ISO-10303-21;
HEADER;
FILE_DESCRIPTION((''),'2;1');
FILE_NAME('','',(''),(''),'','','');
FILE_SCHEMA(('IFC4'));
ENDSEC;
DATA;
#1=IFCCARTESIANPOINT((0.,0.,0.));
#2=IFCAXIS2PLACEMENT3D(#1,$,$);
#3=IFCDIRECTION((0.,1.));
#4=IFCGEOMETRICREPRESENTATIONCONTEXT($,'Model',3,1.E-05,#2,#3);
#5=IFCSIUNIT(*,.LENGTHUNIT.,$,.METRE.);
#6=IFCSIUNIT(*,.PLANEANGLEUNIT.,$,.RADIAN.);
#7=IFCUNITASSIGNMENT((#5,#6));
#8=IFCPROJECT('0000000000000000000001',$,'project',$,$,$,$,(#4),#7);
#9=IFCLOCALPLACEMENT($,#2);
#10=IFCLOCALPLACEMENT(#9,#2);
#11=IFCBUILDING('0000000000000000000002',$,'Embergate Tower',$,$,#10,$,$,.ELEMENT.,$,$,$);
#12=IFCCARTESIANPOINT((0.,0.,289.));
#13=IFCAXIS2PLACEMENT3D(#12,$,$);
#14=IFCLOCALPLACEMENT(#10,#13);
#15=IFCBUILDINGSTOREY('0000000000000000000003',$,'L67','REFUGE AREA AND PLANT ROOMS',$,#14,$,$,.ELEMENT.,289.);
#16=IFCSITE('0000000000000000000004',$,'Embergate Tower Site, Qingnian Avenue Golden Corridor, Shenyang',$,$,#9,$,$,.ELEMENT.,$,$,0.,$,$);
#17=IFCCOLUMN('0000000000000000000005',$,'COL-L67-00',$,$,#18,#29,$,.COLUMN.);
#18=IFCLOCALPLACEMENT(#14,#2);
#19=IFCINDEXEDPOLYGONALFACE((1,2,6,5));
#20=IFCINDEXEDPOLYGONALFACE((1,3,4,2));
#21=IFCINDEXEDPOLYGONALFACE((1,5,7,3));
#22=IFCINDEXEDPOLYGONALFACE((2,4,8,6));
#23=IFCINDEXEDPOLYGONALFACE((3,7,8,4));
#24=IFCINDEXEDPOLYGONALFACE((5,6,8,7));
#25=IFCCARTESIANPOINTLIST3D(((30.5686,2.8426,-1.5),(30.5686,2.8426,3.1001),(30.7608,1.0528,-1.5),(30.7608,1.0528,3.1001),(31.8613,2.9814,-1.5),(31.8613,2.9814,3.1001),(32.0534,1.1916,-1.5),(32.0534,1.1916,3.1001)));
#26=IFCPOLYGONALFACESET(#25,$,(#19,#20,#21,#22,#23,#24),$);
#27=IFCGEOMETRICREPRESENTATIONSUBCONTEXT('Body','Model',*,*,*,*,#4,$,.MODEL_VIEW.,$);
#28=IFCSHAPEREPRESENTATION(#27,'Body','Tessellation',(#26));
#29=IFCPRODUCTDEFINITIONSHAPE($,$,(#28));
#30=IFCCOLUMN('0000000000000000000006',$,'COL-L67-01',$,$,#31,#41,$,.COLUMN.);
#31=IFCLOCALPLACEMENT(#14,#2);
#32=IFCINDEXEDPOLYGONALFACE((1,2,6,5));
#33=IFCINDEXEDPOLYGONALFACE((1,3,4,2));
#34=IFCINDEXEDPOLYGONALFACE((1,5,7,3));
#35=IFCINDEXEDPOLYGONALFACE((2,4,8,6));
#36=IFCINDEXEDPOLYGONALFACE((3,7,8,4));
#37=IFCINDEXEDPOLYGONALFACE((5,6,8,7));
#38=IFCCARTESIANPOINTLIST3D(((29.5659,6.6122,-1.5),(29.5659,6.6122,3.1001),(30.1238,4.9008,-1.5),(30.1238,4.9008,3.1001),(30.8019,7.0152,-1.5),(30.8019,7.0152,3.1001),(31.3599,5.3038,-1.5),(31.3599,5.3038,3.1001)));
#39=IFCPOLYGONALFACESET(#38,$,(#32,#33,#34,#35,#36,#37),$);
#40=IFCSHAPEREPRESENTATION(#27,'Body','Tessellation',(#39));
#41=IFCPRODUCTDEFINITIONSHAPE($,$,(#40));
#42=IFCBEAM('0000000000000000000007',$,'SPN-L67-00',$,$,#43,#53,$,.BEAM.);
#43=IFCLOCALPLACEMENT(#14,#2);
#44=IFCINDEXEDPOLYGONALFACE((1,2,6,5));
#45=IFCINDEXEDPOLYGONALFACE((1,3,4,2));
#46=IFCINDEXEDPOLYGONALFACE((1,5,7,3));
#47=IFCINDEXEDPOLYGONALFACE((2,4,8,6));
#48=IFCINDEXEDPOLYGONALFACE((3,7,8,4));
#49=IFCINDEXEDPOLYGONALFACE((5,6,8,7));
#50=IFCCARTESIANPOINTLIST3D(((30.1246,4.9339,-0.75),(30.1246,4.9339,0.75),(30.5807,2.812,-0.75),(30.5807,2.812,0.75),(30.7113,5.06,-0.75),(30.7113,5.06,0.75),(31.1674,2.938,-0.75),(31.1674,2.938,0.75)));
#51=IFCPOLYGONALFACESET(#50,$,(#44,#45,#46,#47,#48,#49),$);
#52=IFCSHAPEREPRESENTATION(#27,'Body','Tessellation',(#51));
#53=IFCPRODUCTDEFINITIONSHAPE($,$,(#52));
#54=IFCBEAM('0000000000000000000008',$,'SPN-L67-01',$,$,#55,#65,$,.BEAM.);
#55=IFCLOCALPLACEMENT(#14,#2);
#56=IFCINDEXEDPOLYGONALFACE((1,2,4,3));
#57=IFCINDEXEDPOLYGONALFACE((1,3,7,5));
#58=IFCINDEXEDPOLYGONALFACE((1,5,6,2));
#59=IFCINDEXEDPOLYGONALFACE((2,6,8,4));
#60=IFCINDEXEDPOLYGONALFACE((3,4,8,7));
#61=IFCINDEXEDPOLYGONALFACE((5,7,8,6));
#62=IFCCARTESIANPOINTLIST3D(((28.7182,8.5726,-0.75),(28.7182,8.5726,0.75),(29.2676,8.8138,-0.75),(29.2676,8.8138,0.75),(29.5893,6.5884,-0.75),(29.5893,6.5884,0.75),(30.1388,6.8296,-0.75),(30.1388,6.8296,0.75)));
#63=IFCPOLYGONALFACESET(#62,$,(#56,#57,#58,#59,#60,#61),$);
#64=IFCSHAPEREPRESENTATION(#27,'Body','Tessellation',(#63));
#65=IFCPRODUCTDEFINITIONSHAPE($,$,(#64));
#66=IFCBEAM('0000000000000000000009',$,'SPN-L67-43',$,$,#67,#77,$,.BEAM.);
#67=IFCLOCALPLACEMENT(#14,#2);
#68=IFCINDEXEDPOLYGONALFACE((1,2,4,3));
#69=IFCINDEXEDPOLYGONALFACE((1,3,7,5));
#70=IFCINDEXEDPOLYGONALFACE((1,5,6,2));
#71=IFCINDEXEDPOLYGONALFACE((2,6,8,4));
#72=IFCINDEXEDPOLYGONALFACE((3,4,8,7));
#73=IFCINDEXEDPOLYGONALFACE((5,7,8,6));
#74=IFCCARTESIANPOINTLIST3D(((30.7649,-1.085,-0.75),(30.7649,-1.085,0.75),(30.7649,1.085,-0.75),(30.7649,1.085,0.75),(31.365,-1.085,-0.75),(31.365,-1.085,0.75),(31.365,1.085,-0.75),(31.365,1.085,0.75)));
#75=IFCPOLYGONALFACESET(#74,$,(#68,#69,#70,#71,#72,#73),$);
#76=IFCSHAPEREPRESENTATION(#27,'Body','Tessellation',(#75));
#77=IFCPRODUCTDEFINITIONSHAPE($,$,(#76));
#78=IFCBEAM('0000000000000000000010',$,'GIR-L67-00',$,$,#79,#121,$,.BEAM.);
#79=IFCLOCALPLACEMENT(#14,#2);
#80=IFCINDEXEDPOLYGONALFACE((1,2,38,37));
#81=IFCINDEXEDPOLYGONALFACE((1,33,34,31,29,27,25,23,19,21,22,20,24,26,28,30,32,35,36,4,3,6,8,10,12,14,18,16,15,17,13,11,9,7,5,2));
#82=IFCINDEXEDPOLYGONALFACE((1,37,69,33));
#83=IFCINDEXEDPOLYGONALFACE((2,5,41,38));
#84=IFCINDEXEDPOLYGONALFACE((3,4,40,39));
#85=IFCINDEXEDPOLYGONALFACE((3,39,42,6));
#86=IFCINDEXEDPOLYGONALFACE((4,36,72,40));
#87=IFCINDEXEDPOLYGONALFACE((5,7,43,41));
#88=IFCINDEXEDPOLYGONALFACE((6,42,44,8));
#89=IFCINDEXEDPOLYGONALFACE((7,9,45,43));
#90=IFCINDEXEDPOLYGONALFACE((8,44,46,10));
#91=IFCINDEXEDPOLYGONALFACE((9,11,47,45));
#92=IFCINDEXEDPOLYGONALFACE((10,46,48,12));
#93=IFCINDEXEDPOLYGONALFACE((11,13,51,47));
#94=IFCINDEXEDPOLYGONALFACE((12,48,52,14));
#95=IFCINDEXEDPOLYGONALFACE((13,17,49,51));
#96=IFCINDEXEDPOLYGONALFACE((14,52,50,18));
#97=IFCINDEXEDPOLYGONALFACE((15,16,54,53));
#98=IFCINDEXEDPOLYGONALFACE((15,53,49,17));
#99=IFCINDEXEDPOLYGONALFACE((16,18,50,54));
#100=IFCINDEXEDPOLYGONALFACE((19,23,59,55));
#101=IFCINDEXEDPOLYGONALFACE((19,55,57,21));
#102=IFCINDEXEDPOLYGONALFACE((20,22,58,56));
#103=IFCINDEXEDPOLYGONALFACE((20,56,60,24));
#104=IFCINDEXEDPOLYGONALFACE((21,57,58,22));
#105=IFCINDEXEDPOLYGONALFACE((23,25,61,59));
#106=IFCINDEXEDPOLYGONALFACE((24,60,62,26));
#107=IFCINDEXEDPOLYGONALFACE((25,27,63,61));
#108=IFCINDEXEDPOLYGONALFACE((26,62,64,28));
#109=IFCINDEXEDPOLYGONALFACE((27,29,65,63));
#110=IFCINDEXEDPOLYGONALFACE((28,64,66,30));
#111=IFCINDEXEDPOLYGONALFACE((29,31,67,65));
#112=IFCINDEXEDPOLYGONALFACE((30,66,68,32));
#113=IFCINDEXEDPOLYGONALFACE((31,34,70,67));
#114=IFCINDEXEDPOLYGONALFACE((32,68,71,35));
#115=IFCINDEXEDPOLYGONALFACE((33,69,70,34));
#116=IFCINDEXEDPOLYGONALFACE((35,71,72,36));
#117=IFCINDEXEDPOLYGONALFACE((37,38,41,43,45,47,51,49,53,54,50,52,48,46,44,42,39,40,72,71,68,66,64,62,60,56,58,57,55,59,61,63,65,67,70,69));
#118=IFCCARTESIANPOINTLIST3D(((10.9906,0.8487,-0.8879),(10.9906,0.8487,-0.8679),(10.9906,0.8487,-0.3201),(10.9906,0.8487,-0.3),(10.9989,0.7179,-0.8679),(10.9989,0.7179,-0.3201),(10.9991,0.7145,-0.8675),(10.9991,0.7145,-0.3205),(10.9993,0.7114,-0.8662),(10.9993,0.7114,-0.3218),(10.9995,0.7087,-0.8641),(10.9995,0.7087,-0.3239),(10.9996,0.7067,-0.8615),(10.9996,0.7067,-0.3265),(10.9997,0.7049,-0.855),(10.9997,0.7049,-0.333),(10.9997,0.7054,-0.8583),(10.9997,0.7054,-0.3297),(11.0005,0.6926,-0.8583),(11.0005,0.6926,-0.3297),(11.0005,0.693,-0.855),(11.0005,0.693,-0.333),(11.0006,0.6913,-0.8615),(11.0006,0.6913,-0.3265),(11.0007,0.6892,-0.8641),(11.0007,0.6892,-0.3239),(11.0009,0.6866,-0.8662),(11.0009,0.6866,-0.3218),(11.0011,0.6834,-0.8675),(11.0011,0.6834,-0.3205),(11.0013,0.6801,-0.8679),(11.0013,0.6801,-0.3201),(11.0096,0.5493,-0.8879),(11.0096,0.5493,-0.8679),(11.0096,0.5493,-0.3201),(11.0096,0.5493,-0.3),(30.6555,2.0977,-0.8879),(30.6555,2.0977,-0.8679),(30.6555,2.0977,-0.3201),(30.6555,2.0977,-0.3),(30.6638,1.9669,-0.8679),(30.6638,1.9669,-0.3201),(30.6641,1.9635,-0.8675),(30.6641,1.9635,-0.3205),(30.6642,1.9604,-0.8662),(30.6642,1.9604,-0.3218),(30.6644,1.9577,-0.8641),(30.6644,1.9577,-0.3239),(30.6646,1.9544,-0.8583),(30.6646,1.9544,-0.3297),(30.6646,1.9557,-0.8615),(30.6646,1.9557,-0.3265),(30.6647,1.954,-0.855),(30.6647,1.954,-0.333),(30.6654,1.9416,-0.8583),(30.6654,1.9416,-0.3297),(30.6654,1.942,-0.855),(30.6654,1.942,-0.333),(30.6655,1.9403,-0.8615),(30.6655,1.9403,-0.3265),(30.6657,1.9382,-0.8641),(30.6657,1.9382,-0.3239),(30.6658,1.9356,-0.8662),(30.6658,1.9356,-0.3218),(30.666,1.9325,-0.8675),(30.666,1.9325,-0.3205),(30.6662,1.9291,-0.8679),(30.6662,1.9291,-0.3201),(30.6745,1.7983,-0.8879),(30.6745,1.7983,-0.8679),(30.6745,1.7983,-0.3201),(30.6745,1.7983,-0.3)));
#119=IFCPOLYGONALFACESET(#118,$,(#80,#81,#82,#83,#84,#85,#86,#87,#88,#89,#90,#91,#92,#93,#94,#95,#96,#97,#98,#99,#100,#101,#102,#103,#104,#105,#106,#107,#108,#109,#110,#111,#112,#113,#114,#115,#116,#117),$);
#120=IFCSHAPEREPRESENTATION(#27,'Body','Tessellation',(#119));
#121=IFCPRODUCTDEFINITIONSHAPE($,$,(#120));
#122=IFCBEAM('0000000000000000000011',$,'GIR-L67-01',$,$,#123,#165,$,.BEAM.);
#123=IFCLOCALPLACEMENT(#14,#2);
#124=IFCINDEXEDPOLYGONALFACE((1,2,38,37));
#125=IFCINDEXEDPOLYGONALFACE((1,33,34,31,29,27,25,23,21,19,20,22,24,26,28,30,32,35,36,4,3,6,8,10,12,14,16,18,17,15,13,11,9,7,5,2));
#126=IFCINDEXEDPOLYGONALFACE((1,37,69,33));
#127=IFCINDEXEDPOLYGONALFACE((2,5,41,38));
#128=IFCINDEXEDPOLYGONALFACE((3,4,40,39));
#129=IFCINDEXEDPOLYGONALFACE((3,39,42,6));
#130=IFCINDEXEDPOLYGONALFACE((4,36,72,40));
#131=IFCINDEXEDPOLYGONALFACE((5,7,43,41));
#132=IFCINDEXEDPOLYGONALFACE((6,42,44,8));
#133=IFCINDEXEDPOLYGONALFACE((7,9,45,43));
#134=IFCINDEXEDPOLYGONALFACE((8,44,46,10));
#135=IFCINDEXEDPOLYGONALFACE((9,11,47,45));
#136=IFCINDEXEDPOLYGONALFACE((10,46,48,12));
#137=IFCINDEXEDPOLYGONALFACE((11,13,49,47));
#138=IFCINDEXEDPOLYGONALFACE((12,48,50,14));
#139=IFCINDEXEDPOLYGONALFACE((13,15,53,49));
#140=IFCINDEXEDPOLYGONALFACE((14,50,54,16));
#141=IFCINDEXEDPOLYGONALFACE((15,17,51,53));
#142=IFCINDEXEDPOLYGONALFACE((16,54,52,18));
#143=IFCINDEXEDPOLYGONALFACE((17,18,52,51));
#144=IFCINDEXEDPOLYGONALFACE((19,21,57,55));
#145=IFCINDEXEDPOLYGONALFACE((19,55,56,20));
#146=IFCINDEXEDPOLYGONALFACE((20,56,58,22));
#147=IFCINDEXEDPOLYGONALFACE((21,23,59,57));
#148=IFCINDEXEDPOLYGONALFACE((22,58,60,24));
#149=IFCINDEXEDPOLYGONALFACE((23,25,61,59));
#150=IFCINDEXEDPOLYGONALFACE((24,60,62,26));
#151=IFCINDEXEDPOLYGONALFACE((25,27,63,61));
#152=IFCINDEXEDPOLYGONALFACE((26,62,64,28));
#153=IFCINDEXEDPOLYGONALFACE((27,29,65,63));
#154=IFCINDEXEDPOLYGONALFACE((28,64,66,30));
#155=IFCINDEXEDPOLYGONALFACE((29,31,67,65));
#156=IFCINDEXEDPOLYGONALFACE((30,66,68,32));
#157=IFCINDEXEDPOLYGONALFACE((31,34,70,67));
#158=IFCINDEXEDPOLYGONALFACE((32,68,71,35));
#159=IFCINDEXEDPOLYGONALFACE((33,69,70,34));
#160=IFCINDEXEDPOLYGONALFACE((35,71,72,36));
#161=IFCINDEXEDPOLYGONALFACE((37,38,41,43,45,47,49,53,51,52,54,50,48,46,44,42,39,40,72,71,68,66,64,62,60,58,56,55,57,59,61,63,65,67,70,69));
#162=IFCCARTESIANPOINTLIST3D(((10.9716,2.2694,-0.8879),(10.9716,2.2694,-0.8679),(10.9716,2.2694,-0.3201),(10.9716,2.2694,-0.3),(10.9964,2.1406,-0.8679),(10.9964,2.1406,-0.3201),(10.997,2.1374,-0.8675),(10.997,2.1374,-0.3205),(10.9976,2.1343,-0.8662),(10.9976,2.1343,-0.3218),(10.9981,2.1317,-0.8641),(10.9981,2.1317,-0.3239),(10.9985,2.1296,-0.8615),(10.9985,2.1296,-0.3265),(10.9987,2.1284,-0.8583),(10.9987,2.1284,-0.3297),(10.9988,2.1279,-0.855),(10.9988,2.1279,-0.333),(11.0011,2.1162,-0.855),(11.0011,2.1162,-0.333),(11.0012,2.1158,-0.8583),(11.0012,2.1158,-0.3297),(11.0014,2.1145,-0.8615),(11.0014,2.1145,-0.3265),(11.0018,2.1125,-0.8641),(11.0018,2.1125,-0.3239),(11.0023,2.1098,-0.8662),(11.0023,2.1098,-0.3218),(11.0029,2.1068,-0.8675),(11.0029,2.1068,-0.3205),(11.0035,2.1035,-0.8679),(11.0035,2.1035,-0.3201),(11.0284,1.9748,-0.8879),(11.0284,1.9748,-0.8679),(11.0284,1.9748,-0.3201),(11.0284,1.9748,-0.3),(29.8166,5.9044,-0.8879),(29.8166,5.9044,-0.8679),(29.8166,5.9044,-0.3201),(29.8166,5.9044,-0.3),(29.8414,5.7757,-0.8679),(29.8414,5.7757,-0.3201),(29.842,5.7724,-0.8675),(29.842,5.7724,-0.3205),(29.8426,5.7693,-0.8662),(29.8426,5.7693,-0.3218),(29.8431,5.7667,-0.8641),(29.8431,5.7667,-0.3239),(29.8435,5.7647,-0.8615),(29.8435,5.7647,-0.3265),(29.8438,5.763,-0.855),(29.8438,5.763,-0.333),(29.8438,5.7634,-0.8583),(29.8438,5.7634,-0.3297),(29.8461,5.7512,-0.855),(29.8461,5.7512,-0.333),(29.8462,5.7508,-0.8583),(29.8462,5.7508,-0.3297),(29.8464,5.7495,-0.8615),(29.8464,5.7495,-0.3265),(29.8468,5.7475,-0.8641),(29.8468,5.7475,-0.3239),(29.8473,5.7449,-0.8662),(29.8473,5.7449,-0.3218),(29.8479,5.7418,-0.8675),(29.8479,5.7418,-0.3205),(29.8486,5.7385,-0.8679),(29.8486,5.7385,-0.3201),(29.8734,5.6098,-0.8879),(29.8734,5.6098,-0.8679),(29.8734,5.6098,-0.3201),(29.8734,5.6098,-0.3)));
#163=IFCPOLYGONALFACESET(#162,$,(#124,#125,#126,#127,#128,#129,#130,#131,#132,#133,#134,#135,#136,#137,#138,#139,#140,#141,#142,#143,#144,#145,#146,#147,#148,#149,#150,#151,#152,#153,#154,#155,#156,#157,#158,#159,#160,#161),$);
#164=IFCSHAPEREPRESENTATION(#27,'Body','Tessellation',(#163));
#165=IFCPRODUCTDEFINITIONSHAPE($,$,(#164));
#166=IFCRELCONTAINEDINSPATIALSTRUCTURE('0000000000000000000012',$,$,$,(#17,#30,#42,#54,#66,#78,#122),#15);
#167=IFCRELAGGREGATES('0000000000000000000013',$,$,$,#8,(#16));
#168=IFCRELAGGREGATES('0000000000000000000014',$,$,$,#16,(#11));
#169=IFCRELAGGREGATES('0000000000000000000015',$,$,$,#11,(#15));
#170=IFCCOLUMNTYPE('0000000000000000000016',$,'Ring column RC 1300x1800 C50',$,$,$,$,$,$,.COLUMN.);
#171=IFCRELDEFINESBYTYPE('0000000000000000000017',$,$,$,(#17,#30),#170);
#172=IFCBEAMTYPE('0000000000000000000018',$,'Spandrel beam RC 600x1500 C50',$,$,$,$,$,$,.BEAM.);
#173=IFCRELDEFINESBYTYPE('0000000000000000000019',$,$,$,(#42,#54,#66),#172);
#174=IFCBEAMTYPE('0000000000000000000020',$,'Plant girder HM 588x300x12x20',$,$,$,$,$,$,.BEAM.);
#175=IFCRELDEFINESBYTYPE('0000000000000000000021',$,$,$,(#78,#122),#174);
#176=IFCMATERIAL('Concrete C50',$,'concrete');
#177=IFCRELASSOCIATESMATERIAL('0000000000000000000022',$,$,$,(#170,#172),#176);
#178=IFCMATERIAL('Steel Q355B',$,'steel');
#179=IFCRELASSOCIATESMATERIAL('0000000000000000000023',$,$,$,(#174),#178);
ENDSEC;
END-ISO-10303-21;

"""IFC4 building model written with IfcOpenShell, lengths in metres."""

from ifc_helpers import new_model, si_unit, direction, frame, origin, origin_2d, place, context, subcontext, project, spatial, rectangle, i_section, extrude, source, transform, mapped, material, material_profile, profile_set, type_object, element, save


model = new_model("IFC4")

# Units and contexts
model_context = context("Model", 3, precision=1e-05, world=origin(), true_north=direction((0.0, 1.0)))
body_context = subcontext(model_context, "Body", "Model", "MODEL_VIEW")
ifc_project = project(units=[si_unit("LENGTHUNIT", "METRE"), si_unit("PLANEANGLEUNIT", "RADIAN")], contexts=[model_context])

# Site, building, storey
site_placement = place(None, origin())
site = spatial("IfcSite", under=ifc_project, at=site_placement, Name="Embergate Tower Site, Qingnian Avenue Golden Corridor, Shenyang", CompositionType="ELEMENT", RefElevation=0.0)
building_placement = place(site_placement, origin())
building = spatial("IfcBuilding", under=site, at=building_placement, Name="Embergate Tower", CompositionType="ELEMENT")
storey_placement = place(building_placement, frame((0.0, 0.0, 289.0)))
storey = spatial("IfcBuildingStorey", under=building, at=storey_placement, Name="L67", Description="REFUGE AREA AND PLANT ROOMS", CompositionType="ELEMENT", Elevation=289.0)

# Columns
ifc_material_1 = material(Name="Concrete C50", Category="concrete")
ifc_material_profile_1 = material_profile(ifc_material_1, rectangle(XDim=1.3, YDim=1.8, at=origin_2d()), Name="RC 1300x1800")
ifc_profile_set_1 = profile_set([ifc_material_profile_1], Name="Concrete C50")
column_type = type_object("IfcColumnType", Name="Ring column RC 1300x1800 C50", PredefinedType="COLUMN", material=ifc_profile_set_1)
shared_shape_1 = source(origin(), body_context, "Body", "SweptSolid", [
    extrude(rectangle(XDim=1.3, YDim=1.8, at=origin_2d()), origin(), (0.0, 0.0, 1.0), 4.6001),
])
for number, where, z_axis, x_axis, name in (
    (1, (31.311, 2.0171, -1.5), (0.0, 0.0, 1.0), (0.994286, 0.10675, 0.0), "COL-L67-00"),
    (2, (30.4629, 5.958, -1.5), (0.0, 0.0, 1.0), (0.950754, 0.309946, 0.0), "COL-L67-01"),
):
    element("IfcColumn", number, at=place(storey_placement, frame(where, z_axis=z_axis, x_axis=x_axis)), inside=storey, type_object=column_type, Name=name, PredefinedType="COLUMN", context=body_context, shape_type="MappedRepresentation", body=[
        mapped(shared_shape_1, transform((0.0, 0.0, 0.0))),
    ])

# Beams
ifc_material_profile_2 = material_profile(ifc_material_1, rectangle(XDim=0.6001, YDim=1.5, at=origin_2d()), Name="RC 600x1500")
ifc_profile_set_2 = profile_set([ifc_material_profile_2], Name="Concrete C50")
beam_type_1 = type_object("IfcBeamType", Name="Spandrel beam RC 600x1500 C50", PredefinedType="BEAM", material=ifc_profile_set_2)
shared_shape_2 = source(origin(), body_context, "Body", "SweptSolid", [
    extrude(rectangle(XDim=0.6001, YDim=1.5, at=origin_2d()), origin(), (0.0, 0.0, 1.0), 2.1704),
])
beam_1_placement = place(storey_placement, frame((30.874, 2.875, 0.0), z_axis=(-0.210113, 0.977677, 0.0), x_axis=(-0.977677, -0.210113, 0.0)))
element("IfcBeam", 3, at=beam_1_placement, inside=storey, type_object=beam_type_1, Name="SPN-L67-00", PredefinedType="BEAM", context=body_context, shape_type="MappedRepresentation", body=[
    mapped(shared_shape_2, transform((0.0, 0.0, 0.0))),
])
shared_shape_3 = source(origin(), body_context, "Body", "SweptSolid", [
    extrude(rectangle(XDim=0.6001, YDim=1.5, at=origin_2d()), origin(), (0.0, 0.0, 1.0), 2.167),
])
beam_2_placement = place(storey_placement, frame((29.864, 6.709, 0.0), z_axis=(-0.401995, 0.915642, 0.0), x_axis=(-0.915642, -0.401995, 0.0)))
element("IfcBeam", 4, at=beam_2_placement, inside=storey, type_object=beam_type_1, Name="SPN-L67-01", PredefinedType="BEAM", context=body_context, shape_type="MappedRepresentation", body=[
    mapped(shared_shape_3, transform((0.0, 0.0, 0.0))),
])
shared_shape_4 = source(origin(), body_context, "Body", "SweptSolid", [
    extrude(rectangle(XDim=0.6001, YDim=1.5, at=origin_2d()), origin(), (0.0, 0.0, 1.0), 2.1699),
])
beam_3_placement = place(storey_placement, frame((31.0649, -1.085, 0.0), z_axis=(0.0, 1.0, 0.0), x_axis=(-1.0, 0.0, 0.0)))
element("IfcBeam", 5, at=beam_3_placement, inside=storey, type_object=beam_type_1, Name="SPN-L67-43", PredefinedType="BEAM", context=body_context, shape_type="MappedRepresentation", body=[
    mapped(shared_shape_4, transform((0.0, 0.0, 0.0))),
])
ifc_material_2 = material(Name="Steel Q355B", Category="steel")
ifc_material_profile_3 = material_profile(ifc_material_2, i_section(OverallWidth=0.3, OverallDepth=0.5879, WebThickness=0.012, FlangeThickness=0.02, FilletRadius=0.0129, at=origin_2d()), Name="HM 588x300x12x20")
ifc_profile_set_3 = profile_set([ifc_material_profile_3], Name="Steel Q355 grade B")
beam_type_2 = type_object("IfcBeamType", Name="Plant girder HM 588x300x12x20", PredefinedType="BEAM", material=ifc_profile_set_3)
shared_shape_5 = source(origin(), body_context, "Body", "SweptSolid", [
    extrude(i_section(OverallWidth=0.3, OverallDepth=0.5879, WebThickness=0.012, FlangeThickness=0.02, FilletRadius=0.0129, at=origin_2d()), origin(), (0.0, 0.0, 1.0), 19.7046),
])
beam_4_placement = place(storey_placement, frame((30.665, 1.948, -0.594), z_axis=(-0.997989, -0.063387, 0.0), x_axis=(0.063387, -0.997989, 0.0)))
element("IfcBeam", 6, at=beam_4_placement, inside=storey, type_object=beam_type_2, Name="GIR-L67-00", PredefinedType="BEAM", context=body_context, shape_type="MappedRepresentation", body=[
    mapped(shared_shape_5, transform((0.0, 0.0, 0.0))),
])
shared_shape_6 = source(origin(), body_context, "Body", "SweptSolid", [
    extrude(i_section(OverallWidth=0.3, OverallDepth=0.5879, WebThickness=0.012, FlangeThickness=0.02, FilletRadius=0.0129, at=origin_2d()), origin(), (0.0, 0.0, 1.0), 19.1924),
])
beam_5_placement = place(storey_placement, frame((29.845, 5.7571, -0.594), z_axis=(-0.9819, -0.189399, 0.0), x_axis=(0.189399, -0.9819, 0.0)))
element("IfcBeam", 7, at=beam_5_placement, inside=storey, type_object=beam_type_2, Name="GIR-L67-01", PredefinedType="BEAM", context=body_context, shape_type="MappedRepresentation", body=[
    mapped(shared_shape_6, transform((0.0, 0.0, 0.0))),
])

save(model, "model.ifc")
